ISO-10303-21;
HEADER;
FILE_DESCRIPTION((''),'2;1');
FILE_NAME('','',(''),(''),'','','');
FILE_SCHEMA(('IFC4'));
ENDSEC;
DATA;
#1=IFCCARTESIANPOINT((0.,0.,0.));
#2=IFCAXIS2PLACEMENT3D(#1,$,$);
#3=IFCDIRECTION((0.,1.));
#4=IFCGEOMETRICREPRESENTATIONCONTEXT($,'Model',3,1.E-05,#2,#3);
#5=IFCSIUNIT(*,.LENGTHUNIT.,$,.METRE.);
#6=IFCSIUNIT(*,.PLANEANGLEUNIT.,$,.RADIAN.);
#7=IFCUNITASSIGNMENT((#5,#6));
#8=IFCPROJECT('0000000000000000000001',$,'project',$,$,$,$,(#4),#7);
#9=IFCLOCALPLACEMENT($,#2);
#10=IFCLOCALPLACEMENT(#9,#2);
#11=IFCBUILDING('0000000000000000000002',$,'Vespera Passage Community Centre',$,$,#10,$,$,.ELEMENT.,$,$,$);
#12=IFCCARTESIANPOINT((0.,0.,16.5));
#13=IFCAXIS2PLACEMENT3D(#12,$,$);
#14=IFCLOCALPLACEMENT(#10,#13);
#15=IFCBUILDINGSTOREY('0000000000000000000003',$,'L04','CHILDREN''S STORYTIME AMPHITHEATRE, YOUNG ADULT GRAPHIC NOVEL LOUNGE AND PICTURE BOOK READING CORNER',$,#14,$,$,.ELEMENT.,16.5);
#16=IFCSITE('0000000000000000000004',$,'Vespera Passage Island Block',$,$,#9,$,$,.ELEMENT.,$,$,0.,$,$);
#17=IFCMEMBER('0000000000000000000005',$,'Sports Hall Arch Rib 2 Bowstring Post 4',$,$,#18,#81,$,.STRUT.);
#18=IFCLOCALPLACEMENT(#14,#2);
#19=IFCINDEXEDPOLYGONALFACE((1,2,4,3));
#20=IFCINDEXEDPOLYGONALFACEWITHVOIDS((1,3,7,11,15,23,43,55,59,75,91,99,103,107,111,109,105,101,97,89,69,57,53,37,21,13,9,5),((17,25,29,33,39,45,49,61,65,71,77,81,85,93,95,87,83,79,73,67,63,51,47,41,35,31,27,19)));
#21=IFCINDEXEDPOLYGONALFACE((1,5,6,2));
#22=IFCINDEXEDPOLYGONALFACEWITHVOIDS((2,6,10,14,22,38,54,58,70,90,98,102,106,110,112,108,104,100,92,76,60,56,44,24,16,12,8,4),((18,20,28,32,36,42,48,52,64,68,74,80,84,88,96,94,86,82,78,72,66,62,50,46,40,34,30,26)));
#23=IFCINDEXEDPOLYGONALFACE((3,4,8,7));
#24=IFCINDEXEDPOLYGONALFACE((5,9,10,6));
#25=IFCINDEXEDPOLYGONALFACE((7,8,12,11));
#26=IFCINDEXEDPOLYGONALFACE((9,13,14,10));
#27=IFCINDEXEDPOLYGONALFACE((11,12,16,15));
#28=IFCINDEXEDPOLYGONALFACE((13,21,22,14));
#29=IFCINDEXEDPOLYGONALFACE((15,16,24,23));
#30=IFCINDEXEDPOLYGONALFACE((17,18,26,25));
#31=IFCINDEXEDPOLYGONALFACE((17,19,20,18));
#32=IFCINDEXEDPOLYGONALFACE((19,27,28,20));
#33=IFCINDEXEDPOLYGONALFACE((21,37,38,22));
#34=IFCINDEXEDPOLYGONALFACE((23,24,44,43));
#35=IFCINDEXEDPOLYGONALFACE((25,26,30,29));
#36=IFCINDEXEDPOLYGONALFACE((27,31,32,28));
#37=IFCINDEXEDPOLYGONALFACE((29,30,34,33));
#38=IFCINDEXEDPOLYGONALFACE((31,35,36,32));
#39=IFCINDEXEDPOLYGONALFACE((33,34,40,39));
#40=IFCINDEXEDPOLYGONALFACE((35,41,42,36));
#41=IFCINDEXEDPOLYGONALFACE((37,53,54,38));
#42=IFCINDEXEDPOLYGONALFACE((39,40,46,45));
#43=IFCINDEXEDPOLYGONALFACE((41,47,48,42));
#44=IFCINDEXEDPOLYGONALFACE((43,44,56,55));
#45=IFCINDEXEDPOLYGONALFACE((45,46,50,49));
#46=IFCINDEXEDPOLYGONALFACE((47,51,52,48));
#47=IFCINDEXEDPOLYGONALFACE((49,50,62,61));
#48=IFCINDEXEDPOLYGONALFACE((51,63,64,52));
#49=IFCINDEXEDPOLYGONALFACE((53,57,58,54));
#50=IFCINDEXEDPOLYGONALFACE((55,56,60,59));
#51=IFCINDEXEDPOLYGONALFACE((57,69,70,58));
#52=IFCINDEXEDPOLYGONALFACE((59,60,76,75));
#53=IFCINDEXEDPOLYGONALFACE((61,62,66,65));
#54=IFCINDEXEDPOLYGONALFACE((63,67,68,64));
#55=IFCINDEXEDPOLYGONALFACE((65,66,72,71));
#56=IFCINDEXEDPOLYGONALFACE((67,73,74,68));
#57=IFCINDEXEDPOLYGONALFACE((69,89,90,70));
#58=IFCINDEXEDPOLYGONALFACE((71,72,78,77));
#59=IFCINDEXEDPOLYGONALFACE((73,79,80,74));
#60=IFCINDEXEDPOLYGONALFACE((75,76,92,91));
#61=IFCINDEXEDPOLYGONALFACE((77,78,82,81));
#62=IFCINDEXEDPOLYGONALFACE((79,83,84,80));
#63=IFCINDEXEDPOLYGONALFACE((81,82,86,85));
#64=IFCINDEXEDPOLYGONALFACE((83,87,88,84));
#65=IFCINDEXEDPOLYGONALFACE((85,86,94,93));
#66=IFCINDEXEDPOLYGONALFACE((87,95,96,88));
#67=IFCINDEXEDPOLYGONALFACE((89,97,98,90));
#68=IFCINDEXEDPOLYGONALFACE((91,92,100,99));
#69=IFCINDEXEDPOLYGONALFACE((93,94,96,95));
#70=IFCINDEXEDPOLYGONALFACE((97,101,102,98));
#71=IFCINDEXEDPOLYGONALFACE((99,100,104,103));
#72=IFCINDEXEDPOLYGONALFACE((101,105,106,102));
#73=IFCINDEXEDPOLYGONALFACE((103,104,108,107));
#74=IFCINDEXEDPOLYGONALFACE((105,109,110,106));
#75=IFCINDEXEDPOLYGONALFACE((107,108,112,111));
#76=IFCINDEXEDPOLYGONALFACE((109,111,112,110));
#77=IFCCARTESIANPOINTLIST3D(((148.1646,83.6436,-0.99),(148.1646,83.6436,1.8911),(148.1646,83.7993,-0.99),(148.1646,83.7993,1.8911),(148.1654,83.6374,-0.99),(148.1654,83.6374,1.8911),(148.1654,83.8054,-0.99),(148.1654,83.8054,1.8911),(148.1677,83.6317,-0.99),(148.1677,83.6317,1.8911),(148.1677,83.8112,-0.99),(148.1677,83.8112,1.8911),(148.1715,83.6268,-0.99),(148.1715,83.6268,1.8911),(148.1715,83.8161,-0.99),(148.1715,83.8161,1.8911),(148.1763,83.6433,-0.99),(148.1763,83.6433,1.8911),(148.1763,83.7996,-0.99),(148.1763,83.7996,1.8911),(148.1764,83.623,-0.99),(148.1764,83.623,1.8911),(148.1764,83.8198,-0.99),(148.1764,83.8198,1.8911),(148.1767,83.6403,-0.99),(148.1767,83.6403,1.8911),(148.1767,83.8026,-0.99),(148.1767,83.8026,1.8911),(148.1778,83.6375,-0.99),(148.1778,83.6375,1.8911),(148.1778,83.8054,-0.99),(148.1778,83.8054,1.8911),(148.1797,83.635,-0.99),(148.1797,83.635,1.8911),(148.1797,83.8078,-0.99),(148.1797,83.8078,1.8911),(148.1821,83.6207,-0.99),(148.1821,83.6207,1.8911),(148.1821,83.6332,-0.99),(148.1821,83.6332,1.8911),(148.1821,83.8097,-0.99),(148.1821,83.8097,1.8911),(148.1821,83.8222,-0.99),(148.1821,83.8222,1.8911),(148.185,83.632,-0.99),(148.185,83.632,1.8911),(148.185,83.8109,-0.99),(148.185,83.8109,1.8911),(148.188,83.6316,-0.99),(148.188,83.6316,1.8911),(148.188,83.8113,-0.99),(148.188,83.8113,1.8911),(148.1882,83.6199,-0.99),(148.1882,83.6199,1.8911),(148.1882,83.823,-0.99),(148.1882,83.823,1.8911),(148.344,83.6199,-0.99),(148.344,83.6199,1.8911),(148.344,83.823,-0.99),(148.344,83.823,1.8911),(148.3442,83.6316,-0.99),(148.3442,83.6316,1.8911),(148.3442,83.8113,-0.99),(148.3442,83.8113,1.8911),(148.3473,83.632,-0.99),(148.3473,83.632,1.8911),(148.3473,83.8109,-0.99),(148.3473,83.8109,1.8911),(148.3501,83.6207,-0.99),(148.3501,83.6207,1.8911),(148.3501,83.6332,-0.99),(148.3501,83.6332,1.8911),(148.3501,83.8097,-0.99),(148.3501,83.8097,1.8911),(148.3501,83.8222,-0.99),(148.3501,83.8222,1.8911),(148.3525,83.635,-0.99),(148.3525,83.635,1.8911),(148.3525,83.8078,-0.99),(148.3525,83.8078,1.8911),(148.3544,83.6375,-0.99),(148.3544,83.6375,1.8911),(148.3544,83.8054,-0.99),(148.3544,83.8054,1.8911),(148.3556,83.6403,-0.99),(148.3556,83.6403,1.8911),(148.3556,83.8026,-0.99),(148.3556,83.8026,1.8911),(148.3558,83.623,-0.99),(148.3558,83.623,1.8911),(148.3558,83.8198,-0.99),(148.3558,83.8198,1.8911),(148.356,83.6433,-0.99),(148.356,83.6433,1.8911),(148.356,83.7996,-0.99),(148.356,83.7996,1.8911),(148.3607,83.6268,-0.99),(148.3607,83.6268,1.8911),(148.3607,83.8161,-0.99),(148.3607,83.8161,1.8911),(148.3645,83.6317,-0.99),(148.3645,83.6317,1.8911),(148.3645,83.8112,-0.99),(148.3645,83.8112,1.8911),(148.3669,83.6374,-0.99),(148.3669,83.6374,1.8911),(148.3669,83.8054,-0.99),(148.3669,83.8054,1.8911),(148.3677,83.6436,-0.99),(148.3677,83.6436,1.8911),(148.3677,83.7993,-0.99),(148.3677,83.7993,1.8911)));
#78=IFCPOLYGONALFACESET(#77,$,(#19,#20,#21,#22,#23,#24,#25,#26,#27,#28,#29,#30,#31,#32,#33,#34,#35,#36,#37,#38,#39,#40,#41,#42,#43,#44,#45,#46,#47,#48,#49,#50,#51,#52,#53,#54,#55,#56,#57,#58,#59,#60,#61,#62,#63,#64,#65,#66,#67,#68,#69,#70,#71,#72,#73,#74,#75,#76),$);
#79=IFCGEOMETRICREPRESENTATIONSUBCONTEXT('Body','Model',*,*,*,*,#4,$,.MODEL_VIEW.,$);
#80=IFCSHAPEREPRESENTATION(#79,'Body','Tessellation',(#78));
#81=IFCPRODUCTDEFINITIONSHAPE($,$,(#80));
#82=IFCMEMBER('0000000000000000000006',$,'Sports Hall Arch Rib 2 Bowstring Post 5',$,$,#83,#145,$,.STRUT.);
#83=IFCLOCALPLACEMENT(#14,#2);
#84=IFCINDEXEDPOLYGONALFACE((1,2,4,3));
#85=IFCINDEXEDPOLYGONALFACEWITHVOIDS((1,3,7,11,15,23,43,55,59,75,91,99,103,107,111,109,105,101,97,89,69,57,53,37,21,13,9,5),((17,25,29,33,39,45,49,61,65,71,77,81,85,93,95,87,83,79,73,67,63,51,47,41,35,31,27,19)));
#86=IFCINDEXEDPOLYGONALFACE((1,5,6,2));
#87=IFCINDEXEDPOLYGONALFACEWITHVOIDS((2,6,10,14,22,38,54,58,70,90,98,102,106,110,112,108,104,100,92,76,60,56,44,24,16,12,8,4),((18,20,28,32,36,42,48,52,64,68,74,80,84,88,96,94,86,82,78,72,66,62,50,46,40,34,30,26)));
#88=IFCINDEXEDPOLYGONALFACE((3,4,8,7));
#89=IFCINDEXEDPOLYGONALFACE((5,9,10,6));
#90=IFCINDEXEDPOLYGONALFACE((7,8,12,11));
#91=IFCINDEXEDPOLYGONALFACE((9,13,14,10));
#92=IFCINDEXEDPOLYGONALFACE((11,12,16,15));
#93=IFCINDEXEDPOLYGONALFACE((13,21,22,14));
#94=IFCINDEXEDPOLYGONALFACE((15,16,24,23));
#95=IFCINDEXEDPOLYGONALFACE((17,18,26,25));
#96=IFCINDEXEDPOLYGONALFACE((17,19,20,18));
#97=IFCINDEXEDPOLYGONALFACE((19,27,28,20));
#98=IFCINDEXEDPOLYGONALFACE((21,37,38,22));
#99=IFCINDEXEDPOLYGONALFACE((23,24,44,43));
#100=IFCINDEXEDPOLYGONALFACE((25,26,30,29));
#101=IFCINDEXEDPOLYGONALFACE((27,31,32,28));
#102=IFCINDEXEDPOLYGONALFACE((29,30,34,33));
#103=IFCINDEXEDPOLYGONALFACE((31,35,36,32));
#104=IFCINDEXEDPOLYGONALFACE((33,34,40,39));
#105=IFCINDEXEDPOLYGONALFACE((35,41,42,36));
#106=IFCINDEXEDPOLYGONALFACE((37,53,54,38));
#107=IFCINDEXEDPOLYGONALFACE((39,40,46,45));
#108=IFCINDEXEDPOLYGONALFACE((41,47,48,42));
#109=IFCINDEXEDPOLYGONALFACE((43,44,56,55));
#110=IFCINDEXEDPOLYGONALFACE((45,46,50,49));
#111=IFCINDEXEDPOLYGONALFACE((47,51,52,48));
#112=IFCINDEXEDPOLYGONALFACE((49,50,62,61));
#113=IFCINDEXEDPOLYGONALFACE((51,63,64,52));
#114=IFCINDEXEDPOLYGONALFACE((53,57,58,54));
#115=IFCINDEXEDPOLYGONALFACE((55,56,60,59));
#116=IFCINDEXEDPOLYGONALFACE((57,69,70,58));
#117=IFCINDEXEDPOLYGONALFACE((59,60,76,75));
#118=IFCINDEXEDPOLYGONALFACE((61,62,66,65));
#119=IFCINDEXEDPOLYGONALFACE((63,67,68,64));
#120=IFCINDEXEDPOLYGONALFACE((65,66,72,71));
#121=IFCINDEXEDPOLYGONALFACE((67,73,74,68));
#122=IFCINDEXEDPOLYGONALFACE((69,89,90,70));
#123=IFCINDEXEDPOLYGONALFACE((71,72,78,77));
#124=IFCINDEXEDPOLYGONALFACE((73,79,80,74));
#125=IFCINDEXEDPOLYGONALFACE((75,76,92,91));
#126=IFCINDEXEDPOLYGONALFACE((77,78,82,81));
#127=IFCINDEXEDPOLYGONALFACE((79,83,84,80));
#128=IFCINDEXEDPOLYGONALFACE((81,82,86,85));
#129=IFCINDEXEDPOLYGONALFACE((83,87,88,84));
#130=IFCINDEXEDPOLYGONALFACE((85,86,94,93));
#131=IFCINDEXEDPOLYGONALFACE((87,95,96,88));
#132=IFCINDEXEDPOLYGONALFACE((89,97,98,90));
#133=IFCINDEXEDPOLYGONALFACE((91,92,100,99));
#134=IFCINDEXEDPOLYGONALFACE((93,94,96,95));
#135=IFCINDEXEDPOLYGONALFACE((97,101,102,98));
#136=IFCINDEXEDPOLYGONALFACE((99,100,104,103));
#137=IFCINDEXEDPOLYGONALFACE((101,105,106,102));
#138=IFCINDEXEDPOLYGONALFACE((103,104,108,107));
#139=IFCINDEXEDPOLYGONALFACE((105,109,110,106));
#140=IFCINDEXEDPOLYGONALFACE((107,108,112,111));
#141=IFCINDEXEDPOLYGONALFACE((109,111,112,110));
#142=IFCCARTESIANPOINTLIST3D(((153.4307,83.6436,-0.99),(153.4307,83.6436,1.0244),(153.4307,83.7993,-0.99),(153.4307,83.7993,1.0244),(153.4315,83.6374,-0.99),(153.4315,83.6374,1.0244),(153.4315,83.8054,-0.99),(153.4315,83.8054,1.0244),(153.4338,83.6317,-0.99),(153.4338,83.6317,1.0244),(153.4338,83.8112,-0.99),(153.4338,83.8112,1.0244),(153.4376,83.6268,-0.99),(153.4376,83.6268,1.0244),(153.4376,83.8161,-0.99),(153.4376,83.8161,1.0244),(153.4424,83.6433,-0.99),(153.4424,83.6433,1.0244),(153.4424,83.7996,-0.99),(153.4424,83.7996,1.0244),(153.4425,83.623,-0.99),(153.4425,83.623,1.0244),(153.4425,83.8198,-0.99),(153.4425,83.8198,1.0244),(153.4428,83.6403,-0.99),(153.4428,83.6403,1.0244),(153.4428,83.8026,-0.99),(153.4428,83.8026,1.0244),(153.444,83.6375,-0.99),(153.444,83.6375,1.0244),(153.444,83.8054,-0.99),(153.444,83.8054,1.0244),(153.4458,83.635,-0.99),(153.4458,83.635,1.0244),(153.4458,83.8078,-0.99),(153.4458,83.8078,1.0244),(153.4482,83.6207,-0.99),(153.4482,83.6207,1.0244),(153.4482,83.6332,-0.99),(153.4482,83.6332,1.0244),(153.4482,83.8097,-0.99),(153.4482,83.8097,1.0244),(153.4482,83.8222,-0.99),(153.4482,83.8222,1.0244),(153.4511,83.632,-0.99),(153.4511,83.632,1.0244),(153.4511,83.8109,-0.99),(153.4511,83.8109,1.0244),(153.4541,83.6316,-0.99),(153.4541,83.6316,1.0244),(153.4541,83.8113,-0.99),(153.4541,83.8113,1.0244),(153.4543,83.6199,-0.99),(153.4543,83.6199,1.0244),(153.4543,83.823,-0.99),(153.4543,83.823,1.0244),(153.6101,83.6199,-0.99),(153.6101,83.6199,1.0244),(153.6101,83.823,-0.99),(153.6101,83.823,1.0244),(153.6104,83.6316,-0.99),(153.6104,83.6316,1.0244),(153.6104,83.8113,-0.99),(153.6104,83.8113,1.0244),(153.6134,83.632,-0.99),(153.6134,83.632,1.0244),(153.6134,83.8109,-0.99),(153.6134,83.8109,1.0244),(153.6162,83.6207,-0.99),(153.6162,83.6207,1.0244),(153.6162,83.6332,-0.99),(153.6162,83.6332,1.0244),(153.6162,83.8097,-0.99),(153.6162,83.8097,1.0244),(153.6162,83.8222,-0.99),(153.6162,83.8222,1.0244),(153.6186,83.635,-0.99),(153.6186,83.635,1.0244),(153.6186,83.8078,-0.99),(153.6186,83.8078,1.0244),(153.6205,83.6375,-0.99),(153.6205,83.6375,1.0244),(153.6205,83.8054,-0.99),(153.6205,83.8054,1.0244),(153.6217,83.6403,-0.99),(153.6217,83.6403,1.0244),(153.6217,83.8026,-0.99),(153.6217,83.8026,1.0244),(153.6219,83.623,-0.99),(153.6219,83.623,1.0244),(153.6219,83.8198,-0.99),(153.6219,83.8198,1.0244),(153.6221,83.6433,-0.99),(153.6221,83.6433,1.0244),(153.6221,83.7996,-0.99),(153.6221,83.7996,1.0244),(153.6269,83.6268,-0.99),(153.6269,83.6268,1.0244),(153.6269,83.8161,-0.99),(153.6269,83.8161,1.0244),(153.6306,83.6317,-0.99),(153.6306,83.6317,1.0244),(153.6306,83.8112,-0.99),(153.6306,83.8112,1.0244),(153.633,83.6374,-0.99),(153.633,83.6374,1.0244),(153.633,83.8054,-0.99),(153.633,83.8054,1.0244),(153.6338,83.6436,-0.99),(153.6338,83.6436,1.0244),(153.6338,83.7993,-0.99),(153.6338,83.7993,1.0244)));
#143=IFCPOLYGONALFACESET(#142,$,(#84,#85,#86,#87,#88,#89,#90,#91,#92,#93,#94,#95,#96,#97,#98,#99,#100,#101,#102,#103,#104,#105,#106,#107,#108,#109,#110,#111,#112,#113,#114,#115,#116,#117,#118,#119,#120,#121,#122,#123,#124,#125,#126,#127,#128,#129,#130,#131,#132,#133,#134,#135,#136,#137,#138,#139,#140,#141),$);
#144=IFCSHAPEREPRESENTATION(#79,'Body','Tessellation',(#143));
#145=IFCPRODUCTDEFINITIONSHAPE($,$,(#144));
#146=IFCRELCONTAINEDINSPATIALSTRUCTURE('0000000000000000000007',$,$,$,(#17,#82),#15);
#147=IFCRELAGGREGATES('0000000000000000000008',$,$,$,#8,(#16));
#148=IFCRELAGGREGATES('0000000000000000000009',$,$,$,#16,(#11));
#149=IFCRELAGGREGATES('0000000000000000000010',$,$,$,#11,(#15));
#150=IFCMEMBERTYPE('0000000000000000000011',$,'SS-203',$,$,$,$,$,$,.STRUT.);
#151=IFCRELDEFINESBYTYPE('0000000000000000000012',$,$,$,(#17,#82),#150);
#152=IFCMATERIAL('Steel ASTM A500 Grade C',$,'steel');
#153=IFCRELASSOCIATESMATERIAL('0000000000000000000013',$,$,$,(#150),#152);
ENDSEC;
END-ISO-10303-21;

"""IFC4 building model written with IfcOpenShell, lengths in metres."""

from ifc_helpers import new_model, si_unit, direction, frame, origin, origin_2d, place, context, subcontext, project, spatial, hollow_rectangle, extrude, material, material_profile, profile_set, type_object, element, save


model = new_model("IFC4")

# Units and contexts
model_context = context("Model", 3, precision=1e-05, world=origin(), true_north=direction((0.0, 1.0)))
body_context = subcontext(model_context, "Body", "Model", "MODEL_VIEW")
ifc_project = project(units=[si_unit("LENGTHUNIT", "METRE"), si_unit("PLANEANGLEUNIT", "RADIAN")], contexts=[model_context])

# Site, building, storey
site_placement = place(None, origin())
site = spatial("IfcSite", under=ifc_project, at=site_placement, Name="Vespera Passage Island Block", CompositionType="ELEMENT", RefElevation=0.0)
building_placement = place(site_placement, origin())
building = spatial("IfcBuilding", under=site, at=building_placement, Name="Vespera Passage Community Centre", CompositionType="ELEMENT")
storey_placement = place(building_placement, frame((0.0, 0.0, 16.5)))
storey = spatial("IfcBuildingStorey", under=building, at=storey_placement, Name="L04", Description="CHILDREN'S STORYTIME AMPHITHEATRE, YOUNG ADULT GRAPHIC NOVEL LOUNGE AND PICTURE BOOK READING CORNER", CompositionType="ELEMENT", Elevation=16.5)

# Members
ifc_material_1 = material(Name="Steel ASTM A500 Grade C", Category="steel")
ifc_material_profile_1 = material_profile(ifc_material_1, hollow_rectangle(XDim=0.2031, YDim=0.2031, WallThickness=0.0117, InnerFilletRadius=0.0117, OuterFilletRadius=0.0237, at=origin_2d()), Name="HSS203X203X12.7")
ifc_profile_set_1 = profile_set([ifc_material_profile_1], Name="Steel ASTM A500 Grade C")
member_type_1 = type_object("IfcMemberType", Name="SS-203", PredefinedType="STRUT", material=ifc_profile_set_1)
member_1_placement = place(storey_placement, frame((148.2661, 83.7214, -0.99), z_axis=(0.0, 0.0, 1.0), x_axis=(1.0, 0.0, 0.0)))
element("IfcMember", 1, at=member_1_placement, inside=storey, type_object=member_type_1, Name="Sports Hall Arch Rib 2 Bowstring Post 4", PredefinedType="STRUT", context=body_context, shape_type="SweptSolid", body=[
    extrude(hollow_rectangle(XDim=0.2031, YDim=0.2031, WallThickness=0.0117, InnerFilletRadius=0.0117, OuterFilletRadius=0.0237, at=origin_2d()), origin(), (0.0, 0.0, 1.0), 2.8811),
])
member_2_placement = place(storey_placement, frame((153.5322, 83.7214, -0.99), z_axis=(0.0, 0.0, 1.0), x_axis=(1.0, 0.0, 0.0)))
element("IfcMember", 2, at=member_2_placement, inside=storey, type_object=member_type_1, Name="Sports Hall Arch Rib 2 Bowstring Post 5", PredefinedType="STRUT", context=body_context, shape_type="SweptSolid", body=[
    extrude(hollow_rectangle(XDim=0.2031, YDim=0.2031, WallThickness=0.0117, InnerFilletRadius=0.0117, OuterFilletRadius=0.0237, at=origin_2d()), origin(), (0.0, 0.0, 1.0), 2.0144),
])

save(model, "model.ifc")
